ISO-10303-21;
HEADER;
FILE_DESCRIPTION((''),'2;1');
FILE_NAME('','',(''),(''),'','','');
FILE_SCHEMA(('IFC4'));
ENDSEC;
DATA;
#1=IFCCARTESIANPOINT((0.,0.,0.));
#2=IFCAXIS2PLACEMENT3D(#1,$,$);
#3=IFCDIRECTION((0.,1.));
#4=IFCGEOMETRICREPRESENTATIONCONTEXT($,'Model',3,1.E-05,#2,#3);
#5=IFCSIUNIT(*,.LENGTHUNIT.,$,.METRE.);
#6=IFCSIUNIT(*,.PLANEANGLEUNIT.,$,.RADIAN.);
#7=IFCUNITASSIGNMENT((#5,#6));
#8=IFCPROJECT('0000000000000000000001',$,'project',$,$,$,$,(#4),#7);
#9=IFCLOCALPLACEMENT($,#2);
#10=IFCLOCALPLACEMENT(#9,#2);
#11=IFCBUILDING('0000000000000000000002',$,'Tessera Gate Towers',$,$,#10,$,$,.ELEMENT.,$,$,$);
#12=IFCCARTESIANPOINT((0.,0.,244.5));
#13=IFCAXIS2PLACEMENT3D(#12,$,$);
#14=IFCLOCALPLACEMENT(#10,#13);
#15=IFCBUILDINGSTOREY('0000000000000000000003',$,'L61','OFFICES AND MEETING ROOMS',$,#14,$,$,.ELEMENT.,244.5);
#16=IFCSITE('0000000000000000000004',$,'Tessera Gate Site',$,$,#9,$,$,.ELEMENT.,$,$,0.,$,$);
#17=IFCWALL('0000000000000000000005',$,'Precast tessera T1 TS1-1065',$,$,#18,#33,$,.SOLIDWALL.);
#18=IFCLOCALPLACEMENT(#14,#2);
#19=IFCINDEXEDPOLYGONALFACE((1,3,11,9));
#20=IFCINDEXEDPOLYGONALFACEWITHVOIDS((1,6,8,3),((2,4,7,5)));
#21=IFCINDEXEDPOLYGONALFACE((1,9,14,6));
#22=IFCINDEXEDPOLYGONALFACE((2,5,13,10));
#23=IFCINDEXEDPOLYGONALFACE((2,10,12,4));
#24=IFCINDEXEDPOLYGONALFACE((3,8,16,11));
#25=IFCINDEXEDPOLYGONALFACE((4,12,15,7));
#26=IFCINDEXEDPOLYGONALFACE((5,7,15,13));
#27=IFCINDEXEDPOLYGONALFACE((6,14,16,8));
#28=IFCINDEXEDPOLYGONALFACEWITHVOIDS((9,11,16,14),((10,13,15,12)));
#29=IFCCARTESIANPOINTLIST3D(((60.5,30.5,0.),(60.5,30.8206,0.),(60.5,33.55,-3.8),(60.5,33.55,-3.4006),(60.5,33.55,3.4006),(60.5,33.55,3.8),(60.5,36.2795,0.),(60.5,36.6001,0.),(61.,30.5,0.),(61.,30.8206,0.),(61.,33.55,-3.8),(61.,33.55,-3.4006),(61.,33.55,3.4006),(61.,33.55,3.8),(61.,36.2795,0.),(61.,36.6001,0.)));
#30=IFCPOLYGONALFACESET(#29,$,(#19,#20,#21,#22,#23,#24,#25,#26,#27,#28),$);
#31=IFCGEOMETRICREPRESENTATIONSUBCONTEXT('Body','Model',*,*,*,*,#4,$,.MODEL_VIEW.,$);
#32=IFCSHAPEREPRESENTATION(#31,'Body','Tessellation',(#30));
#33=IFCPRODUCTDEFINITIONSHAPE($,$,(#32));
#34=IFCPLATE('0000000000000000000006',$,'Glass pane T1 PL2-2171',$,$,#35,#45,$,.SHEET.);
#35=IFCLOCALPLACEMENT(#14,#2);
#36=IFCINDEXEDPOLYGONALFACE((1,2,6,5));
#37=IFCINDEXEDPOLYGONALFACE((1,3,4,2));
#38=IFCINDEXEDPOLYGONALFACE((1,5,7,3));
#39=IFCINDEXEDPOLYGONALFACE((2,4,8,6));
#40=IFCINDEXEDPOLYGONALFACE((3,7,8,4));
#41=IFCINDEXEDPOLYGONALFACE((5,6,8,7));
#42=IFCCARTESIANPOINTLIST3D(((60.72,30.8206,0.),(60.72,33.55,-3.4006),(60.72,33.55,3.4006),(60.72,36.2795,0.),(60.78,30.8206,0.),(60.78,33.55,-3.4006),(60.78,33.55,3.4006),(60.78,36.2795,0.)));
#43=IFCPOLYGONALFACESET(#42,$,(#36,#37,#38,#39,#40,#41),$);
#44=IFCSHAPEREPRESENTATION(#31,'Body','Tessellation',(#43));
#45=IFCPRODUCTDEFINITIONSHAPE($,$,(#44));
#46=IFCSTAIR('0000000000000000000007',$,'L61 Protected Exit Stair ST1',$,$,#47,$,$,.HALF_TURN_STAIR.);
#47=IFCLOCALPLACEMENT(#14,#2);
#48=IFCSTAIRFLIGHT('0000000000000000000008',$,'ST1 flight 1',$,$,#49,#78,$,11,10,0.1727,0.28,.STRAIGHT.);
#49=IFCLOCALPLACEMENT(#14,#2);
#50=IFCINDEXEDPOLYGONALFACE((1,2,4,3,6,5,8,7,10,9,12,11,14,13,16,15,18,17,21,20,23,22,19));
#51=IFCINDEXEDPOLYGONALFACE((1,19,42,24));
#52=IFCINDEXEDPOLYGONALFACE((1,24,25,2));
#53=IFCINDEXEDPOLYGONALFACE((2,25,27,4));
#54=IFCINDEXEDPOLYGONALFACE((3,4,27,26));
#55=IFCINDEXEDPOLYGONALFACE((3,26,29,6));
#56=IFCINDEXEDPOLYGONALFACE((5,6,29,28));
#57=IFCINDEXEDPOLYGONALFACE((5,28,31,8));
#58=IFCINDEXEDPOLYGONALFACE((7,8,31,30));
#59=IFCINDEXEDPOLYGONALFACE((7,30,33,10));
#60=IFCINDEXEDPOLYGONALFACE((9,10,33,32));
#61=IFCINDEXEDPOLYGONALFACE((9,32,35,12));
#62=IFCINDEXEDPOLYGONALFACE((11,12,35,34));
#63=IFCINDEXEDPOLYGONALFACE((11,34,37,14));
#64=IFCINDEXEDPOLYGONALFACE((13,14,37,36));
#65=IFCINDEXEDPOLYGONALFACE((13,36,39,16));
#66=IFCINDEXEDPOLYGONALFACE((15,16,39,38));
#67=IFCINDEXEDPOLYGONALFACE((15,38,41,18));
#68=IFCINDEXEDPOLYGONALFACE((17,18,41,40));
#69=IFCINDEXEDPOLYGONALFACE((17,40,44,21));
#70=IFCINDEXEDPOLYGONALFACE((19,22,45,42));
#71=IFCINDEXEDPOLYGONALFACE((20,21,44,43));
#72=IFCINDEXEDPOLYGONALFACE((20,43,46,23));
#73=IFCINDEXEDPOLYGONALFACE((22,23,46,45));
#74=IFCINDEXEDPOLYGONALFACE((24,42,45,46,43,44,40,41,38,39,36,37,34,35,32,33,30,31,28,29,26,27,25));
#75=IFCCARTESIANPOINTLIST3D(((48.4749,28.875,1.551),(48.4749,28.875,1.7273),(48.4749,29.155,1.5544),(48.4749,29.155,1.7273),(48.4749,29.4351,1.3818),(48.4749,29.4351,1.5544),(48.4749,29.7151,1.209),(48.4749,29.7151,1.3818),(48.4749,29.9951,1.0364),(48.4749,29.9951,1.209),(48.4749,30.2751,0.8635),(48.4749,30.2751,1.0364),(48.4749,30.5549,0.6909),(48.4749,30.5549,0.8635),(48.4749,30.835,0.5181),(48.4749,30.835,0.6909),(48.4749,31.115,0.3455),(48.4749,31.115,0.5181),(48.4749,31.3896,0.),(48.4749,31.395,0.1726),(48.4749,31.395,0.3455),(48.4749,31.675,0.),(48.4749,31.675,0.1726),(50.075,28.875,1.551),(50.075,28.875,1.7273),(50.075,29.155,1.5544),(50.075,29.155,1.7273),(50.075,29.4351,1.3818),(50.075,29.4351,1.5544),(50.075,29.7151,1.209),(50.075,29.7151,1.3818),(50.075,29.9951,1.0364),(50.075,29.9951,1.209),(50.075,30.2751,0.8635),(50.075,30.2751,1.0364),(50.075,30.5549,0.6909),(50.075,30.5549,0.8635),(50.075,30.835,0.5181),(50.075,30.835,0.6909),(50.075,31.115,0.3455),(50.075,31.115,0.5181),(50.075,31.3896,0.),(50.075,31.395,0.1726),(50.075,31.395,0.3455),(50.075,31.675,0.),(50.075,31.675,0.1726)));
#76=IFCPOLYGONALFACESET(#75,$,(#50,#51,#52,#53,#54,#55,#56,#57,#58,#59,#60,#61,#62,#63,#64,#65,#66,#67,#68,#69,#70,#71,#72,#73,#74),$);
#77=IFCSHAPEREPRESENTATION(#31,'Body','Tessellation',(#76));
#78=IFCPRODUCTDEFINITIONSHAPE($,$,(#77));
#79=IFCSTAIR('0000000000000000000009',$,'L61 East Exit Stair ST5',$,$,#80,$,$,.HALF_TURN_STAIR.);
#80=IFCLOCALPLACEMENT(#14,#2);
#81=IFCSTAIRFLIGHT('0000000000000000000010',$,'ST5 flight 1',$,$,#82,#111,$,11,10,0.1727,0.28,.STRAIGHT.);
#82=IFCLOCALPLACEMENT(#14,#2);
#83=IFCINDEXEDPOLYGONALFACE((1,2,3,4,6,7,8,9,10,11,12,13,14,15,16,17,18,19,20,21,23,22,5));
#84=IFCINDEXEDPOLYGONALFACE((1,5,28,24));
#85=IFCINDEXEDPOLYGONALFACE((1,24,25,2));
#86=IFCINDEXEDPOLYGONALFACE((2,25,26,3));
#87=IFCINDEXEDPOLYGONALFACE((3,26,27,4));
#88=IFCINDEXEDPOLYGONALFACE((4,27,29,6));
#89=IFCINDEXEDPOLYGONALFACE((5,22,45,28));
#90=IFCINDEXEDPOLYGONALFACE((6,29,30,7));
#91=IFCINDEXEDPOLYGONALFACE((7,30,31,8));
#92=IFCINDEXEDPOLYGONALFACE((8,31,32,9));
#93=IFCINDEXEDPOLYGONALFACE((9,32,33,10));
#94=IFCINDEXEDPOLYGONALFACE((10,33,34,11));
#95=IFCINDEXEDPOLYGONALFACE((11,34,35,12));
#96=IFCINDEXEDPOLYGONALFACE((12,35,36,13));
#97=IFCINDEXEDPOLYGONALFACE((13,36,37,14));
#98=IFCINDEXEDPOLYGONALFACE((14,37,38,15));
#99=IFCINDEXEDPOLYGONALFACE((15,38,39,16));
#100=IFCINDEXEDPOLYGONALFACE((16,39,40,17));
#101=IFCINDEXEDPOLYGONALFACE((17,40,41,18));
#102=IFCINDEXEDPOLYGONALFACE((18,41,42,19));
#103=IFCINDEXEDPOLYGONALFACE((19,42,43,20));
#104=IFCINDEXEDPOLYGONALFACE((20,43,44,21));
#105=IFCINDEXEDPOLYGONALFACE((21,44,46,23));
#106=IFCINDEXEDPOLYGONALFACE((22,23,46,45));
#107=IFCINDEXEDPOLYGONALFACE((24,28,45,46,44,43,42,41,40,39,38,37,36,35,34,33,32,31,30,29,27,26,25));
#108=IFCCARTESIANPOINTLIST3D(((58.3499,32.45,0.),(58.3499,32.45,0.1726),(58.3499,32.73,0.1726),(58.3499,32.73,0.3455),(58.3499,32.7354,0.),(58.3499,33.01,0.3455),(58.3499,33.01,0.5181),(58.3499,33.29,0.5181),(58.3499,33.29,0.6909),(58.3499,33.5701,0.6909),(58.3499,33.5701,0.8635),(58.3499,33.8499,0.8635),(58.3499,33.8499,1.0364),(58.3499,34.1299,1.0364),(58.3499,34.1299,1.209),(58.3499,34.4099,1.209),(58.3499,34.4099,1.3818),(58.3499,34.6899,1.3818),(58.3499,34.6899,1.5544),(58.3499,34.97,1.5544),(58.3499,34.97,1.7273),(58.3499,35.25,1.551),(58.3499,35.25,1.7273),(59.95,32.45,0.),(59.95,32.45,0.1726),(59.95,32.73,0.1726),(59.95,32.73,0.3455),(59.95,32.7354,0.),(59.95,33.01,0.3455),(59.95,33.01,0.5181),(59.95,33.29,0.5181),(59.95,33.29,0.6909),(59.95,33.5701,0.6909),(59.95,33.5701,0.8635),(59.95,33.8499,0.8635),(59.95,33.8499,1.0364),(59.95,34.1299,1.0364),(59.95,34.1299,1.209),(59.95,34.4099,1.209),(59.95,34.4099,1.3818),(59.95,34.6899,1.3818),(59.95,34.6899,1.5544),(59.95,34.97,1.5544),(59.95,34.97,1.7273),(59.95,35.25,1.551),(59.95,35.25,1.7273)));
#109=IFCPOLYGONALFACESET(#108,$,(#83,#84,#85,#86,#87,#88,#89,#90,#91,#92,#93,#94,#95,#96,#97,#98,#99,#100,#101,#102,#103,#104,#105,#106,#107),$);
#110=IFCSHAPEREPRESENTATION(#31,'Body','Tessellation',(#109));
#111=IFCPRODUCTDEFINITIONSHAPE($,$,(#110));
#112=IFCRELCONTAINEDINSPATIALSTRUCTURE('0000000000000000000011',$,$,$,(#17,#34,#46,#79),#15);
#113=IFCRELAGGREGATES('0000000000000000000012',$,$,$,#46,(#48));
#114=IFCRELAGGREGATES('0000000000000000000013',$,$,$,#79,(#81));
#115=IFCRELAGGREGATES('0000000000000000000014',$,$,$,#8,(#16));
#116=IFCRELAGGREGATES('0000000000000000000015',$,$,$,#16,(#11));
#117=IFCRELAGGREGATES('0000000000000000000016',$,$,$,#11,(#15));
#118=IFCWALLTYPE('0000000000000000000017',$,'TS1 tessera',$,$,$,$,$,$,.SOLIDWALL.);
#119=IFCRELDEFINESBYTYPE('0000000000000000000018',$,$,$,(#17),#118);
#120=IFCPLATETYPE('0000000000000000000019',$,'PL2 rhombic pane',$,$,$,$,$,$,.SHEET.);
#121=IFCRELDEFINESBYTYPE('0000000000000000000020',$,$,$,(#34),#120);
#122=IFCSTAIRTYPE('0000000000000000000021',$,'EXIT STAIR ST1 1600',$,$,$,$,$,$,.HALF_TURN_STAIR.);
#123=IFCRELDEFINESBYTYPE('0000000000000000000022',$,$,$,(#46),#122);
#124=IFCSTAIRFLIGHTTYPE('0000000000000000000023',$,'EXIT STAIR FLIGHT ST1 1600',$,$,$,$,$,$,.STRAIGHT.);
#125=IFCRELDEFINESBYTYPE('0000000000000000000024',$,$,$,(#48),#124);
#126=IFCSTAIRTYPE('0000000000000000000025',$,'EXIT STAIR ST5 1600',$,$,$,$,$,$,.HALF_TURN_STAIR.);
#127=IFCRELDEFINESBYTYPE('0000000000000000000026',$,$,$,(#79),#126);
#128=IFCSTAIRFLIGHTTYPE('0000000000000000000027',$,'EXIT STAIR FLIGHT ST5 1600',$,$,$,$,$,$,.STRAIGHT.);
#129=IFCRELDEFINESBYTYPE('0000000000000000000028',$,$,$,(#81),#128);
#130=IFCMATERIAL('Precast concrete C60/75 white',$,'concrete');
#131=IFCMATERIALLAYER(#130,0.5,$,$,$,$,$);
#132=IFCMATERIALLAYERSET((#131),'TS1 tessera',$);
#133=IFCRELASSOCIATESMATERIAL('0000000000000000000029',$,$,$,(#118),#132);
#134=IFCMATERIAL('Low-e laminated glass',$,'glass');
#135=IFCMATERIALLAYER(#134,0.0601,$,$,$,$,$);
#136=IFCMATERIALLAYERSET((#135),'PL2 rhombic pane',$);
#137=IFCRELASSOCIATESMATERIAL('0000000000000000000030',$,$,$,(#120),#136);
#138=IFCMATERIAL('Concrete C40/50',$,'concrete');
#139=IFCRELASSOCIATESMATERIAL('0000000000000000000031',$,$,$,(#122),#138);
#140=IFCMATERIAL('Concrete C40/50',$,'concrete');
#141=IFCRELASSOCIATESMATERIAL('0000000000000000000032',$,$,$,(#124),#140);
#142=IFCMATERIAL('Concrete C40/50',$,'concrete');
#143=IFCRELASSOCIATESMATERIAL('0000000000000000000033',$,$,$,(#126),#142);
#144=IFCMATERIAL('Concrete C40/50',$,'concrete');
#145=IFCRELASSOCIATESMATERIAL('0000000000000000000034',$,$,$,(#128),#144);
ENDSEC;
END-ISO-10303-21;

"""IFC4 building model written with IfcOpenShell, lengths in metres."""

from ifc_helpers import new_model, si_unit, direction, frame, origin, place, context, subcontext, project, spatial, polyline, outline, extrude, source, transform, mapped, material, layer, layer_set, type_object, element, fill, aggregate, save


model = new_model("IFC4")

# Units and contexts
model_context = context("Model", 3, precision=1e-05, world=origin(), true_north=direction((0.0, 1.0)))
body_context = subcontext(model_context, "Body", "Model", "MODEL_VIEW")
ifc_project = project(units=[si_unit("LENGTHUNIT", "METRE"), si_unit("PLANEANGLEUNIT", "RADIAN")], contexts=[model_context])

# Site, building, storey
site_placement = place(None, origin())
site = spatial("IfcSite", under=ifc_project, at=site_placement, Name="Tessera Gate Site", CompositionType="ELEMENT", RefElevation=0.0)
building_placement = place(site_placement, origin())
building = spatial("IfcBuilding", under=site, at=building_placement, Name="Tessera Gate Towers", CompositionType="ELEMENT")
storey_placement = place(building_placement, frame((0.0, 0.0, 244.5)))
storey = spatial("IfcBuildingStorey", under=building, at=storey_placement, Name="L61", Description="OFFICES AND MEETING ROOMS", CompositionType="ELEMENT", Elevation=244.5)

# Wall, opening, plate
ifc_material_1 = material(Name="Precast concrete C60/75 white", Category="concrete")
ifc_layer_1 = layer(ifc_material_1, 0.5)
ifc_layer_set_1 = layer_set([ifc_layer_1], Name="TS1 tessera")
wall_type_1 = type_object("IfcWallType", Name="TS1 tessera", PredefinedType="SOLIDWALL", material=ifc_layer_set_1)
shared_shape_1 = source(origin(), body_context, "Body", "SweptSolid", [
    extrude(outline(polyline([(3.05, 0.0), (6.1001, 3.8), (3.05, 7.6001), (0.0, 3.8), (3.05, 0.0)])), frame((0.0, 0.25, 0.0), z_axis=(0.0, -1.0, 0.0), x_axis=(1.0, 0.0, 0.0)), (0.0, 0.0, 1.0), 0.5),
])
wall_1_placement = place(storey_placement, frame((60.75, 30.5, -3.8), z_axis=(0.0, 0.0, 1.0), x_axis=(0.0, 1.0, 0.0)))
wall_1 = element("IfcWall", 1, at=wall_1_placement, inside=storey, type_object=wall_type_1, Name="Precast tessera T1 TS1-1065", PredefinedType="SOLIDWALL", context=body_context, shape_type="MappedRepresentation", body=[
    mapped(shared_shape_1, transform((0.0, 0.0, 0.0), scale=1.0)),
])
shared_shape_2 = source(origin(), body_context, "Body", "SweptSolid", [
    extrude(outline(polyline([(3.05, 0.3994), (5.7795, 3.8), (3.05, 7.2007), (0.3206, 3.8), (3.05, 0.3994)])), frame((0.0, 0.26, 0.0), z_axis=(0.0, -1.0, 0.0), x_axis=(1.0, 0.0, 0.0)), (0.0, 0.0, 1.0), 0.52),
])
opening_1_placement = place(wall_1_placement, origin())
opening_1 = element("IfcOpeningElement", 2, at=opening_1_placement, cuts=wall_1, PredefinedType="OPENING", context=body_context, shape_type="MappedRepresentation", body=[
    mapped(shared_shape_2, transform((0.0, 0.0, 0.0), scale=1.0)),
])
ifc_material_2 = material(Name="Low-e laminated glass", Category="glass")
ifc_layer_2 = layer(ifc_material_2, 0.0601)
ifc_layer_set_2 = layer_set([ifc_layer_2], Name="PL2 rhombic pane")
plate_type = type_object("IfcPlateType", Name="PL2 rhombic pane", PredefinedType="SHEET", material=ifc_layer_set_2)
shared_shape_3 = source(origin(), body_context, "Body", "SweptSolid", [
    extrude(outline(polyline([(3.05, 0.3994), (5.7795, 3.8), (3.05, 7.2007), (0.3206, 3.8), (3.05, 0.3994)])), frame((0.0, 0.03, 0.0), z_axis=(0.0, -1.0, 0.0), x_axis=(1.0, 0.0, 0.0)), (0.0, 0.0, 1.0), 0.0601),
])
plate_placement = place(opening_1_placement, origin())
plate = element("IfcPlate", 3, at=plate_placement, inside=storey, type_object=plate_type, Name="Glass pane T1 PL2-2171", PredefinedType="SHEET", context=body_context, shape_type="MappedRepresentation", body=[
    mapped(shared_shape_3, transform((0.0, 0.0, 0.0), scale=1.0)),
])
fill(opening_1, plate)

# Stairs, stair flights
ifc_material_3 = material(Name="Concrete C40/50", Category="concrete")
stair_type_1 = type_object("IfcStairType", Name="EXIT STAIR ST1 1600", PredefinedType="HALF_TURN_STAIR", material=ifc_material_3)
stair_1_placement = place(storey_placement, origin())
stair_1 = element("IfcStair", 4, at=stair_1_placement, inside=storey, type_object=stair_type_1, Name="L61 Protected Exit Stair ST1", PredefinedType="HALF_TURN_STAIR")
ifc_material_4 = material(Name="Concrete C40/50", Category="concrete")
stair_flight_type_1 = type_object("IfcStairFlightType", Name="EXIT STAIR FLIGHT ST1 1600", PredefinedType="STRAIGHT", material=ifc_material_4)
stair_flight_1_placement = place(storey_placement, frame((49.2749, 31.675, 0.0), z_axis=(0.0, 0.0, 1.0), x_axis=(0.0, -1.0, 0.0)))
stair_flight_1 = element("IfcStairFlight", 5, at=stair_flight_1_placement, type_object=stair_flight_type_1, Name="ST1 flight 1", NumberOfRisers=11, NumberOfTreads=10, PredefinedType="STRAIGHT", RiserHeight=0.1727, TreadLength=0.28, context=body_context, shape_type="SweptSolid", body=[
    extrude(outline(polyline([(0.0, 0.0), (0.0, 0.1726), (0.28, 0.1726), (0.28, 0.3455), (0.5601, 0.3455), (0.5601, 0.5181), (0.8401, 0.5181), (0.8401, 0.6909), (1.1201, 0.6909), (1.1201, 0.8635), (1.3999, 0.8635), (1.3999, 1.0364), (1.6799, 1.0364), (1.6799, 1.209), (1.96, 1.209), (1.96, 1.3818), (2.24, 1.3818), (2.24, 1.5544), (2.52, 1.5544), (2.52, 1.7273), (2.8, 1.7273), (2.8, 1.8999), (2.8, 1.551), (0.2854, 0.0), (0.0, 0.0)])), frame((0.0, 0.8, 0.0), z_axis=(0.0, -1.0, 0.0), x_axis=(1.0, 0.0, 0.0)), (0.0, 0.0, 1.0), 1.6001),
])
aggregate(stair_1, [stair_flight_1])
ifc_material_5 = material(Name="Concrete C40/50", Category="concrete")
stair_type_2 = type_object("IfcStairType", Name="EXIT STAIR ST5 1600", PredefinedType="HALF_TURN_STAIR", material=ifc_material_5)
stair_2_placement = place(storey_placement, origin())
stair_2 = element("IfcStair", 6, at=stair_2_placement, inside=storey, type_object=stair_type_2, Name="L61 East Exit Stair ST5", PredefinedType="HALF_TURN_STAIR")
ifc_material_6 = material(Name="Concrete C40/50", Category="concrete")
stair_flight_type_2 = type_object("IfcStairFlightType", Name="EXIT STAIR FLIGHT ST5 1600", PredefinedType="STRAIGHT", material=ifc_material_6)
stair_flight_2_placement = place(storey_placement, frame((59.1499, 32.45, 0.0), z_axis=(0.0, 0.0, 1.0), x_axis=(0.0, 1.0, 0.0)))
stair_flight_2 = element("IfcStairFlight", 7, at=stair_flight_2_placement, type_object=stair_flight_type_2, Name="ST5 flight 1", NumberOfRisers=11, NumberOfTreads=10, PredefinedType="STRAIGHT", RiserHeight=0.1727, TreadLength=0.28, context=body_context, shape_type="SweptSolid", body=[
    extrude(outline(polyline([(0.0, 0.0), (0.0, 0.1726), (0.28, 0.1726), (0.28, 0.3455), (0.5601, 0.3455), (0.5601, 0.5181), (0.8401, 0.5181), (0.8401, 0.6909), (1.1201, 0.6909), (1.1201, 0.8635), (1.3999, 0.8635), (1.3999, 1.0364), (1.6799, 1.0364), (1.6799, 1.209), (1.96, 1.209), (1.96, 1.3818), (2.24, 1.3818), (2.24, 1.5544), (2.52, 1.5544), (2.52, 1.7273), (2.8, 1.7273), (2.8, 1.8999), (2.8, 1.551), (0.2854, 0.0), (0.0, 0.0)])), frame((0.0, 0.8, 0.0), z_axis=(0.0, -1.0, 0.0), x_axis=(1.0, 0.0, 0.0)), (0.0, 0.0, 1.0), 1.6001),
])
aggregate(stair_2, [stair_flight_2])

save(model, "model.ifc")
